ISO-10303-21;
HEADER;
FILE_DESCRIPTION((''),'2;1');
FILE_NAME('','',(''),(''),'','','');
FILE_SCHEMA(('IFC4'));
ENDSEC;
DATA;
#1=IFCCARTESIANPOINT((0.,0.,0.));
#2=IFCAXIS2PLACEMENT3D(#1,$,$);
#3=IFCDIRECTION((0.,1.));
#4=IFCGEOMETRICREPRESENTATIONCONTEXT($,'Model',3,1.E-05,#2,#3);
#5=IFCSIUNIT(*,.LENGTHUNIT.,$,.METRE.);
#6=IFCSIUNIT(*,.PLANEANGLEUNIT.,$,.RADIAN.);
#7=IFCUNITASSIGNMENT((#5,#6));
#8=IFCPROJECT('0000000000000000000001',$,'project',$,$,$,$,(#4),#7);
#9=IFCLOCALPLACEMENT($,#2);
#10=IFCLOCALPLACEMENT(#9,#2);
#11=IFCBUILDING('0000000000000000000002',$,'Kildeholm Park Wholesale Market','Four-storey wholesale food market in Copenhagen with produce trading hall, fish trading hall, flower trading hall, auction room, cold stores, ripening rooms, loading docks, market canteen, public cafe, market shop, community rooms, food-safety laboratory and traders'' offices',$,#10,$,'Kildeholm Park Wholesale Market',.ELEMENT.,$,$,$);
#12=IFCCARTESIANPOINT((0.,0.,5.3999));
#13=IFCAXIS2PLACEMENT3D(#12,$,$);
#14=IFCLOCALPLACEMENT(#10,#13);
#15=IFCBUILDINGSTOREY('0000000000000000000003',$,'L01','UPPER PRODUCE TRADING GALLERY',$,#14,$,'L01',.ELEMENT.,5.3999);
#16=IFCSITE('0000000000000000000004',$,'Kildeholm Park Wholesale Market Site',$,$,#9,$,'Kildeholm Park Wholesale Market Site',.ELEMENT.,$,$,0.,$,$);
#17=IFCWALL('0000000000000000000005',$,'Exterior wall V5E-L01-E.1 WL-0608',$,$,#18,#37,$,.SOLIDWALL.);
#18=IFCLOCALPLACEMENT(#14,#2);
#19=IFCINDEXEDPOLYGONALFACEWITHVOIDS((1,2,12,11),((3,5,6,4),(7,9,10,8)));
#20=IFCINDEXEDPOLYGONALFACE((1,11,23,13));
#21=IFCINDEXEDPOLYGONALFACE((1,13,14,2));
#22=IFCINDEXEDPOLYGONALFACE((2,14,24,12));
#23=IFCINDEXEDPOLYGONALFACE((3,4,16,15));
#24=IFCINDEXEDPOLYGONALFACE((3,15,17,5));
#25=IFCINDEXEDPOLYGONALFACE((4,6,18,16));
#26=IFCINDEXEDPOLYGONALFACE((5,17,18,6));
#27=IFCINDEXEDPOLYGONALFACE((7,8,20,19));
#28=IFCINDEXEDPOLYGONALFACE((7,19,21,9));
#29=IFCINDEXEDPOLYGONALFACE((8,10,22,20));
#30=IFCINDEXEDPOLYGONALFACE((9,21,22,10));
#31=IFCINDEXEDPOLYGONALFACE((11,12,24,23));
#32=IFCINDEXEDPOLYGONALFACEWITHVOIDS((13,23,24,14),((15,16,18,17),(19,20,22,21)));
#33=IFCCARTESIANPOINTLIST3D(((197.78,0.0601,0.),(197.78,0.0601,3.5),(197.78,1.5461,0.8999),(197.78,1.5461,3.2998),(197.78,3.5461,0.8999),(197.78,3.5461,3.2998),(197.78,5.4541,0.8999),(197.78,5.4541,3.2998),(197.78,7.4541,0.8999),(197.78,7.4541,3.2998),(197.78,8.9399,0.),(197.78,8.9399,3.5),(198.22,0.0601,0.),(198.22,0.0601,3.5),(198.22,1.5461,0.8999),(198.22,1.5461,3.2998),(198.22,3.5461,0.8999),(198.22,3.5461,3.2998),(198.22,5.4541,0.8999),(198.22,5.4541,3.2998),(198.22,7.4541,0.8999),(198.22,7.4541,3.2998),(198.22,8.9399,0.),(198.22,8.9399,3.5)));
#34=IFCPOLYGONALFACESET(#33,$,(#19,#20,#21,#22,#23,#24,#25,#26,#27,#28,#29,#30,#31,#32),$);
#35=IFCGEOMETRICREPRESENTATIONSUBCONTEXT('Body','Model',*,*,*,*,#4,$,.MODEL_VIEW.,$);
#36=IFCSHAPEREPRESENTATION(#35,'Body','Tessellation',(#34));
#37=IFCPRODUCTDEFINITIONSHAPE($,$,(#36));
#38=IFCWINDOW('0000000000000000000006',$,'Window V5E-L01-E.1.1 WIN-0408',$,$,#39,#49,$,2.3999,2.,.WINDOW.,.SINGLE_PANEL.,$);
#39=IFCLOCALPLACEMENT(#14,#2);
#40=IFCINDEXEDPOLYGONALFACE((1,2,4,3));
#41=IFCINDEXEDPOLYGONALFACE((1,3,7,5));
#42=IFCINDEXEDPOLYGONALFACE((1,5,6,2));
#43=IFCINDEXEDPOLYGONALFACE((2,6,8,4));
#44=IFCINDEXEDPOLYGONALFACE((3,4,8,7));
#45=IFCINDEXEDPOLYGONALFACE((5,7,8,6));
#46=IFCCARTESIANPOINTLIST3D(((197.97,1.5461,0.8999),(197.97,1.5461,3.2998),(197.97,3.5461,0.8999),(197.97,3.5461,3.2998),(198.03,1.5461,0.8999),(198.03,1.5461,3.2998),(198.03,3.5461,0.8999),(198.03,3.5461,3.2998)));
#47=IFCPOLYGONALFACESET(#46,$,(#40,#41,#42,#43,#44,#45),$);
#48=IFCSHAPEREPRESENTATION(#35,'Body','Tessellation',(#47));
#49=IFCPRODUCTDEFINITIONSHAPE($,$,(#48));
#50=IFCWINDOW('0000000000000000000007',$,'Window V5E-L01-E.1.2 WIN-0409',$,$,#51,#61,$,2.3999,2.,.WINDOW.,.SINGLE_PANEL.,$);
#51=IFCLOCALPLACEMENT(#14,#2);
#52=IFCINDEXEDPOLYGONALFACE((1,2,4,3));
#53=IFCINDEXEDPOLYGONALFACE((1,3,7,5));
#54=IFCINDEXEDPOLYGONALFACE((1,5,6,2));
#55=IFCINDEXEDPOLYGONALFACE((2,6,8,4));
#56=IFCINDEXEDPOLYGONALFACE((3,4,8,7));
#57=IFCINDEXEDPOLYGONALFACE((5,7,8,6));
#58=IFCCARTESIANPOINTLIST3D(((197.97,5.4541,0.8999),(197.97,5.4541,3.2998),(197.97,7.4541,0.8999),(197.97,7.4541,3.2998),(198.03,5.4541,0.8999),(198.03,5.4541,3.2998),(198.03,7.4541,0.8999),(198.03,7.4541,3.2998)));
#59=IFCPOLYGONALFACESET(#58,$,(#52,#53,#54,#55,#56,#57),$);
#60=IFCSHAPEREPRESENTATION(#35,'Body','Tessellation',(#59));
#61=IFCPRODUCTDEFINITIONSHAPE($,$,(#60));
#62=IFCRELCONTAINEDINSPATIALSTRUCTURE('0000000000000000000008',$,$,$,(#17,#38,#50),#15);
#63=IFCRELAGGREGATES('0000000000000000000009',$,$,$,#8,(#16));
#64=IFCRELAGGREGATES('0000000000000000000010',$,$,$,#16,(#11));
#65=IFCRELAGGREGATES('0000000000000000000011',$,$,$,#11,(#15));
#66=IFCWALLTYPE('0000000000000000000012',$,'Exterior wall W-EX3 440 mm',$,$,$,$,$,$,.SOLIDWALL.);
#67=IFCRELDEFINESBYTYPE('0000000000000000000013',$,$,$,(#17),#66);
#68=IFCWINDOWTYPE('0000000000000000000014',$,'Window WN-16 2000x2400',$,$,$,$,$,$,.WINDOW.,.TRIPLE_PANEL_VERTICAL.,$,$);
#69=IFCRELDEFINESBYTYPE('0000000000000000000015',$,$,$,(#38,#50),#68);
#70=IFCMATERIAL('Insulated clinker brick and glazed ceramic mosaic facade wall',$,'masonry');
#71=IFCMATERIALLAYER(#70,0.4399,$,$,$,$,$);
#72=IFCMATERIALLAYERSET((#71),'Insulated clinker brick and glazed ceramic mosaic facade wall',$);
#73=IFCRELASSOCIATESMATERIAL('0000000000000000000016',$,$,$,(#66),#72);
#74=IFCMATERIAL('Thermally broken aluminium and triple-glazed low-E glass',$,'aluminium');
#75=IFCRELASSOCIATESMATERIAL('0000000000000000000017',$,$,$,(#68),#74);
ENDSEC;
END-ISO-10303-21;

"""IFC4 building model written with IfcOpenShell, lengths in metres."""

from ifc_helpers import new_model, si_unit, direction, frame, frame_2d, origin, place, context, subcontext, project, spatial, rectangle, extrude, material, layer, layer_set, type_object, element, fill, save


model = new_model("IFC4")

# Units and contexts
model_context = context("Model", 3, precision=1e-05, world=origin(), true_north=direction((0.0, 1.0)))
body_context = subcontext(model_context, "Body", "Model", "MODEL_VIEW")
ifc_project = project(units=[si_unit("LENGTHUNIT", "METRE"), si_unit("PLANEANGLEUNIT", "RADIAN")], contexts=[model_context])

# Site, building, storey
site_placement = place(None, origin())
site = spatial("IfcSite", under=ifc_project, at=site_placement, Name="Kildeholm Park Wholesale Market Site", LongName="Kildeholm Park Wholesale Market Site", CompositionType="ELEMENT", RefElevation=0.0)
building_placement = place(site_placement, origin())
building = spatial("IfcBuilding", under=site, at=building_placement, Name="Kildeholm Park Wholesale Market", Description="Four-storey wholesale food market in Copenhagen with produce trading hall, fish trading hall, flower trading hall, auction room, cold stores, ripening rooms, loading docks, market canteen, public cafe, market shop, community rooms, food-safety laboratory and traders' offices", LongName="Kildeholm Park Wholesale Market", CompositionType="ELEMENT")
storey_placement = place(building_placement, frame((0.0, 0.0, 5.3999)))
storey = spatial("IfcBuildingStorey", under=building, at=storey_placement, Name="L01", Description="UPPER PRODUCE TRADING GALLERY", LongName="L01", CompositionType="ELEMENT", Elevation=5.3999)

# Wall, openings, windows
ifc_material_1 = material(Name="Insulated clinker brick and glazed ceramic mosaic facade wall", Category="masonry")
ifc_layer_1 = layer(ifc_material_1, 0.4399)
ifc_layer_set_1 = layer_set([ifc_layer_1], Name="Insulated clinker brick and glazed ceramic mosaic facade wall")
wall_type = type_object("IfcWallType", Name="Exterior wall W-EX3 440 mm", PredefinedType="SOLIDWALL", material=ifc_layer_set_1)
wall_placement = place(storey_placement, frame((198.0, 0.0601, 0.0), z_axis=(0.0, 0.0, 1.0), x_axis=(0.0, 1.0, 0.0)))
wall = element("IfcWall", 1, at=wall_placement, inside=storey, type_object=wall_type, Name="Exterior wall V5E-L01-E.1 WL-0608", PredefinedType="SOLIDWALL", context=body_context, shape_type="SweptSolid", body=[
    extrude(rectangle(XDim=8.8799, YDim=0.4399, at=frame_2d((4.4399, 0.0))), origin(), (0.0, 0.0, 1.0), 3.5),
])
opening_1_placement = place(wall_placement, frame((1.4861, 0.0, 0.8999)))
opening_1 = element("IfcOpeningElement", 2, at=opening_1_placement, cuts=wall, PredefinedType="OPENING", context=body_context, shape_type="SweptSolid", body=[
    extrude(rectangle(XDim=2.0, YDim=2.3999, at=frame_2d((1.0, 1.2))), frame((0.0, 0.23, 0.0), z_axis=(0.0, -1.0, 0.0), x_axis=(1.0, 0.0, 0.0)), (0.0, 0.0, 1.0), 0.46),
])
opening_2_placement = place(wall_placement, frame((5.394, 0.0, 0.8999)))
opening_2 = element("IfcOpeningElement", 3, at=opening_2_placement, cuts=wall, PredefinedType="OPENING", context=body_context, shape_type="SweptSolid", body=[
    extrude(rectangle(XDim=2.0, YDim=2.3999, at=frame_2d((1.0, 1.2))), frame((0.0, 0.23, 0.0), z_axis=(0.0, -1.0, 0.0), x_axis=(1.0, 0.0, 0.0)), (0.0, 0.0, 1.0), 0.46),
])
ifc_material_2 = material(Name="Thermally broken aluminium and triple-glazed low-E glass", Category="aluminium")
window_type = type_object("IfcWindowType", Name="Window WN-16 2000x2400", PartitioningType="TRIPLE_PANEL_VERTICAL", PredefinedType="WINDOW", material=ifc_material_2)
window_1_placement = place(opening_1_placement, origin())
window_1 = element("IfcWindow", 4, at=window_1_placement, inside=storey, type_object=window_type, Name="Window V5E-L01-E.1.1 WIN-0408", OverallHeight=2.3999, OverallWidth=2.0, PartitioningType="SINGLE_PANEL", PredefinedType="WINDOW", context=body_context, shape_type="SweptSolid", body=[
    extrude(rectangle(XDim=2.0, YDim=2.3999, at=frame_2d((1.0, 1.2))), frame((0.0, 0.03, 0.0), z_axis=(0.0, -1.0, 0.0), x_axis=(1.0, 0.0, 0.0)), (0.0, 0.0, 1.0), 0.0601),
])
fill(opening_1, window_1)
window_2_placement = place(opening_2_placement, origin())
window_2 = element("IfcWindow", 5, at=window_2_placement, inside=storey, type_object=window_type, Name="Window V5E-L01-E.1.2 WIN-0409", OverallHeight=2.3999, OverallWidth=2.0, PartitioningType="SINGLE_PANEL", PredefinedType="WINDOW", context=body_context, shape_type="SweptSolid", body=[
    extrude(rectangle(XDim=2.0, YDim=2.3999, at=frame_2d((1.0, 1.2))), frame((0.0, 0.03, 0.0), z_axis=(0.0, -1.0, 0.0), x_axis=(1.0, 0.0, 0.0)), (0.0, 0.0, 1.0), 0.0601),
])
fill(opening_2, window_2)

save(model, "model.ifc")
